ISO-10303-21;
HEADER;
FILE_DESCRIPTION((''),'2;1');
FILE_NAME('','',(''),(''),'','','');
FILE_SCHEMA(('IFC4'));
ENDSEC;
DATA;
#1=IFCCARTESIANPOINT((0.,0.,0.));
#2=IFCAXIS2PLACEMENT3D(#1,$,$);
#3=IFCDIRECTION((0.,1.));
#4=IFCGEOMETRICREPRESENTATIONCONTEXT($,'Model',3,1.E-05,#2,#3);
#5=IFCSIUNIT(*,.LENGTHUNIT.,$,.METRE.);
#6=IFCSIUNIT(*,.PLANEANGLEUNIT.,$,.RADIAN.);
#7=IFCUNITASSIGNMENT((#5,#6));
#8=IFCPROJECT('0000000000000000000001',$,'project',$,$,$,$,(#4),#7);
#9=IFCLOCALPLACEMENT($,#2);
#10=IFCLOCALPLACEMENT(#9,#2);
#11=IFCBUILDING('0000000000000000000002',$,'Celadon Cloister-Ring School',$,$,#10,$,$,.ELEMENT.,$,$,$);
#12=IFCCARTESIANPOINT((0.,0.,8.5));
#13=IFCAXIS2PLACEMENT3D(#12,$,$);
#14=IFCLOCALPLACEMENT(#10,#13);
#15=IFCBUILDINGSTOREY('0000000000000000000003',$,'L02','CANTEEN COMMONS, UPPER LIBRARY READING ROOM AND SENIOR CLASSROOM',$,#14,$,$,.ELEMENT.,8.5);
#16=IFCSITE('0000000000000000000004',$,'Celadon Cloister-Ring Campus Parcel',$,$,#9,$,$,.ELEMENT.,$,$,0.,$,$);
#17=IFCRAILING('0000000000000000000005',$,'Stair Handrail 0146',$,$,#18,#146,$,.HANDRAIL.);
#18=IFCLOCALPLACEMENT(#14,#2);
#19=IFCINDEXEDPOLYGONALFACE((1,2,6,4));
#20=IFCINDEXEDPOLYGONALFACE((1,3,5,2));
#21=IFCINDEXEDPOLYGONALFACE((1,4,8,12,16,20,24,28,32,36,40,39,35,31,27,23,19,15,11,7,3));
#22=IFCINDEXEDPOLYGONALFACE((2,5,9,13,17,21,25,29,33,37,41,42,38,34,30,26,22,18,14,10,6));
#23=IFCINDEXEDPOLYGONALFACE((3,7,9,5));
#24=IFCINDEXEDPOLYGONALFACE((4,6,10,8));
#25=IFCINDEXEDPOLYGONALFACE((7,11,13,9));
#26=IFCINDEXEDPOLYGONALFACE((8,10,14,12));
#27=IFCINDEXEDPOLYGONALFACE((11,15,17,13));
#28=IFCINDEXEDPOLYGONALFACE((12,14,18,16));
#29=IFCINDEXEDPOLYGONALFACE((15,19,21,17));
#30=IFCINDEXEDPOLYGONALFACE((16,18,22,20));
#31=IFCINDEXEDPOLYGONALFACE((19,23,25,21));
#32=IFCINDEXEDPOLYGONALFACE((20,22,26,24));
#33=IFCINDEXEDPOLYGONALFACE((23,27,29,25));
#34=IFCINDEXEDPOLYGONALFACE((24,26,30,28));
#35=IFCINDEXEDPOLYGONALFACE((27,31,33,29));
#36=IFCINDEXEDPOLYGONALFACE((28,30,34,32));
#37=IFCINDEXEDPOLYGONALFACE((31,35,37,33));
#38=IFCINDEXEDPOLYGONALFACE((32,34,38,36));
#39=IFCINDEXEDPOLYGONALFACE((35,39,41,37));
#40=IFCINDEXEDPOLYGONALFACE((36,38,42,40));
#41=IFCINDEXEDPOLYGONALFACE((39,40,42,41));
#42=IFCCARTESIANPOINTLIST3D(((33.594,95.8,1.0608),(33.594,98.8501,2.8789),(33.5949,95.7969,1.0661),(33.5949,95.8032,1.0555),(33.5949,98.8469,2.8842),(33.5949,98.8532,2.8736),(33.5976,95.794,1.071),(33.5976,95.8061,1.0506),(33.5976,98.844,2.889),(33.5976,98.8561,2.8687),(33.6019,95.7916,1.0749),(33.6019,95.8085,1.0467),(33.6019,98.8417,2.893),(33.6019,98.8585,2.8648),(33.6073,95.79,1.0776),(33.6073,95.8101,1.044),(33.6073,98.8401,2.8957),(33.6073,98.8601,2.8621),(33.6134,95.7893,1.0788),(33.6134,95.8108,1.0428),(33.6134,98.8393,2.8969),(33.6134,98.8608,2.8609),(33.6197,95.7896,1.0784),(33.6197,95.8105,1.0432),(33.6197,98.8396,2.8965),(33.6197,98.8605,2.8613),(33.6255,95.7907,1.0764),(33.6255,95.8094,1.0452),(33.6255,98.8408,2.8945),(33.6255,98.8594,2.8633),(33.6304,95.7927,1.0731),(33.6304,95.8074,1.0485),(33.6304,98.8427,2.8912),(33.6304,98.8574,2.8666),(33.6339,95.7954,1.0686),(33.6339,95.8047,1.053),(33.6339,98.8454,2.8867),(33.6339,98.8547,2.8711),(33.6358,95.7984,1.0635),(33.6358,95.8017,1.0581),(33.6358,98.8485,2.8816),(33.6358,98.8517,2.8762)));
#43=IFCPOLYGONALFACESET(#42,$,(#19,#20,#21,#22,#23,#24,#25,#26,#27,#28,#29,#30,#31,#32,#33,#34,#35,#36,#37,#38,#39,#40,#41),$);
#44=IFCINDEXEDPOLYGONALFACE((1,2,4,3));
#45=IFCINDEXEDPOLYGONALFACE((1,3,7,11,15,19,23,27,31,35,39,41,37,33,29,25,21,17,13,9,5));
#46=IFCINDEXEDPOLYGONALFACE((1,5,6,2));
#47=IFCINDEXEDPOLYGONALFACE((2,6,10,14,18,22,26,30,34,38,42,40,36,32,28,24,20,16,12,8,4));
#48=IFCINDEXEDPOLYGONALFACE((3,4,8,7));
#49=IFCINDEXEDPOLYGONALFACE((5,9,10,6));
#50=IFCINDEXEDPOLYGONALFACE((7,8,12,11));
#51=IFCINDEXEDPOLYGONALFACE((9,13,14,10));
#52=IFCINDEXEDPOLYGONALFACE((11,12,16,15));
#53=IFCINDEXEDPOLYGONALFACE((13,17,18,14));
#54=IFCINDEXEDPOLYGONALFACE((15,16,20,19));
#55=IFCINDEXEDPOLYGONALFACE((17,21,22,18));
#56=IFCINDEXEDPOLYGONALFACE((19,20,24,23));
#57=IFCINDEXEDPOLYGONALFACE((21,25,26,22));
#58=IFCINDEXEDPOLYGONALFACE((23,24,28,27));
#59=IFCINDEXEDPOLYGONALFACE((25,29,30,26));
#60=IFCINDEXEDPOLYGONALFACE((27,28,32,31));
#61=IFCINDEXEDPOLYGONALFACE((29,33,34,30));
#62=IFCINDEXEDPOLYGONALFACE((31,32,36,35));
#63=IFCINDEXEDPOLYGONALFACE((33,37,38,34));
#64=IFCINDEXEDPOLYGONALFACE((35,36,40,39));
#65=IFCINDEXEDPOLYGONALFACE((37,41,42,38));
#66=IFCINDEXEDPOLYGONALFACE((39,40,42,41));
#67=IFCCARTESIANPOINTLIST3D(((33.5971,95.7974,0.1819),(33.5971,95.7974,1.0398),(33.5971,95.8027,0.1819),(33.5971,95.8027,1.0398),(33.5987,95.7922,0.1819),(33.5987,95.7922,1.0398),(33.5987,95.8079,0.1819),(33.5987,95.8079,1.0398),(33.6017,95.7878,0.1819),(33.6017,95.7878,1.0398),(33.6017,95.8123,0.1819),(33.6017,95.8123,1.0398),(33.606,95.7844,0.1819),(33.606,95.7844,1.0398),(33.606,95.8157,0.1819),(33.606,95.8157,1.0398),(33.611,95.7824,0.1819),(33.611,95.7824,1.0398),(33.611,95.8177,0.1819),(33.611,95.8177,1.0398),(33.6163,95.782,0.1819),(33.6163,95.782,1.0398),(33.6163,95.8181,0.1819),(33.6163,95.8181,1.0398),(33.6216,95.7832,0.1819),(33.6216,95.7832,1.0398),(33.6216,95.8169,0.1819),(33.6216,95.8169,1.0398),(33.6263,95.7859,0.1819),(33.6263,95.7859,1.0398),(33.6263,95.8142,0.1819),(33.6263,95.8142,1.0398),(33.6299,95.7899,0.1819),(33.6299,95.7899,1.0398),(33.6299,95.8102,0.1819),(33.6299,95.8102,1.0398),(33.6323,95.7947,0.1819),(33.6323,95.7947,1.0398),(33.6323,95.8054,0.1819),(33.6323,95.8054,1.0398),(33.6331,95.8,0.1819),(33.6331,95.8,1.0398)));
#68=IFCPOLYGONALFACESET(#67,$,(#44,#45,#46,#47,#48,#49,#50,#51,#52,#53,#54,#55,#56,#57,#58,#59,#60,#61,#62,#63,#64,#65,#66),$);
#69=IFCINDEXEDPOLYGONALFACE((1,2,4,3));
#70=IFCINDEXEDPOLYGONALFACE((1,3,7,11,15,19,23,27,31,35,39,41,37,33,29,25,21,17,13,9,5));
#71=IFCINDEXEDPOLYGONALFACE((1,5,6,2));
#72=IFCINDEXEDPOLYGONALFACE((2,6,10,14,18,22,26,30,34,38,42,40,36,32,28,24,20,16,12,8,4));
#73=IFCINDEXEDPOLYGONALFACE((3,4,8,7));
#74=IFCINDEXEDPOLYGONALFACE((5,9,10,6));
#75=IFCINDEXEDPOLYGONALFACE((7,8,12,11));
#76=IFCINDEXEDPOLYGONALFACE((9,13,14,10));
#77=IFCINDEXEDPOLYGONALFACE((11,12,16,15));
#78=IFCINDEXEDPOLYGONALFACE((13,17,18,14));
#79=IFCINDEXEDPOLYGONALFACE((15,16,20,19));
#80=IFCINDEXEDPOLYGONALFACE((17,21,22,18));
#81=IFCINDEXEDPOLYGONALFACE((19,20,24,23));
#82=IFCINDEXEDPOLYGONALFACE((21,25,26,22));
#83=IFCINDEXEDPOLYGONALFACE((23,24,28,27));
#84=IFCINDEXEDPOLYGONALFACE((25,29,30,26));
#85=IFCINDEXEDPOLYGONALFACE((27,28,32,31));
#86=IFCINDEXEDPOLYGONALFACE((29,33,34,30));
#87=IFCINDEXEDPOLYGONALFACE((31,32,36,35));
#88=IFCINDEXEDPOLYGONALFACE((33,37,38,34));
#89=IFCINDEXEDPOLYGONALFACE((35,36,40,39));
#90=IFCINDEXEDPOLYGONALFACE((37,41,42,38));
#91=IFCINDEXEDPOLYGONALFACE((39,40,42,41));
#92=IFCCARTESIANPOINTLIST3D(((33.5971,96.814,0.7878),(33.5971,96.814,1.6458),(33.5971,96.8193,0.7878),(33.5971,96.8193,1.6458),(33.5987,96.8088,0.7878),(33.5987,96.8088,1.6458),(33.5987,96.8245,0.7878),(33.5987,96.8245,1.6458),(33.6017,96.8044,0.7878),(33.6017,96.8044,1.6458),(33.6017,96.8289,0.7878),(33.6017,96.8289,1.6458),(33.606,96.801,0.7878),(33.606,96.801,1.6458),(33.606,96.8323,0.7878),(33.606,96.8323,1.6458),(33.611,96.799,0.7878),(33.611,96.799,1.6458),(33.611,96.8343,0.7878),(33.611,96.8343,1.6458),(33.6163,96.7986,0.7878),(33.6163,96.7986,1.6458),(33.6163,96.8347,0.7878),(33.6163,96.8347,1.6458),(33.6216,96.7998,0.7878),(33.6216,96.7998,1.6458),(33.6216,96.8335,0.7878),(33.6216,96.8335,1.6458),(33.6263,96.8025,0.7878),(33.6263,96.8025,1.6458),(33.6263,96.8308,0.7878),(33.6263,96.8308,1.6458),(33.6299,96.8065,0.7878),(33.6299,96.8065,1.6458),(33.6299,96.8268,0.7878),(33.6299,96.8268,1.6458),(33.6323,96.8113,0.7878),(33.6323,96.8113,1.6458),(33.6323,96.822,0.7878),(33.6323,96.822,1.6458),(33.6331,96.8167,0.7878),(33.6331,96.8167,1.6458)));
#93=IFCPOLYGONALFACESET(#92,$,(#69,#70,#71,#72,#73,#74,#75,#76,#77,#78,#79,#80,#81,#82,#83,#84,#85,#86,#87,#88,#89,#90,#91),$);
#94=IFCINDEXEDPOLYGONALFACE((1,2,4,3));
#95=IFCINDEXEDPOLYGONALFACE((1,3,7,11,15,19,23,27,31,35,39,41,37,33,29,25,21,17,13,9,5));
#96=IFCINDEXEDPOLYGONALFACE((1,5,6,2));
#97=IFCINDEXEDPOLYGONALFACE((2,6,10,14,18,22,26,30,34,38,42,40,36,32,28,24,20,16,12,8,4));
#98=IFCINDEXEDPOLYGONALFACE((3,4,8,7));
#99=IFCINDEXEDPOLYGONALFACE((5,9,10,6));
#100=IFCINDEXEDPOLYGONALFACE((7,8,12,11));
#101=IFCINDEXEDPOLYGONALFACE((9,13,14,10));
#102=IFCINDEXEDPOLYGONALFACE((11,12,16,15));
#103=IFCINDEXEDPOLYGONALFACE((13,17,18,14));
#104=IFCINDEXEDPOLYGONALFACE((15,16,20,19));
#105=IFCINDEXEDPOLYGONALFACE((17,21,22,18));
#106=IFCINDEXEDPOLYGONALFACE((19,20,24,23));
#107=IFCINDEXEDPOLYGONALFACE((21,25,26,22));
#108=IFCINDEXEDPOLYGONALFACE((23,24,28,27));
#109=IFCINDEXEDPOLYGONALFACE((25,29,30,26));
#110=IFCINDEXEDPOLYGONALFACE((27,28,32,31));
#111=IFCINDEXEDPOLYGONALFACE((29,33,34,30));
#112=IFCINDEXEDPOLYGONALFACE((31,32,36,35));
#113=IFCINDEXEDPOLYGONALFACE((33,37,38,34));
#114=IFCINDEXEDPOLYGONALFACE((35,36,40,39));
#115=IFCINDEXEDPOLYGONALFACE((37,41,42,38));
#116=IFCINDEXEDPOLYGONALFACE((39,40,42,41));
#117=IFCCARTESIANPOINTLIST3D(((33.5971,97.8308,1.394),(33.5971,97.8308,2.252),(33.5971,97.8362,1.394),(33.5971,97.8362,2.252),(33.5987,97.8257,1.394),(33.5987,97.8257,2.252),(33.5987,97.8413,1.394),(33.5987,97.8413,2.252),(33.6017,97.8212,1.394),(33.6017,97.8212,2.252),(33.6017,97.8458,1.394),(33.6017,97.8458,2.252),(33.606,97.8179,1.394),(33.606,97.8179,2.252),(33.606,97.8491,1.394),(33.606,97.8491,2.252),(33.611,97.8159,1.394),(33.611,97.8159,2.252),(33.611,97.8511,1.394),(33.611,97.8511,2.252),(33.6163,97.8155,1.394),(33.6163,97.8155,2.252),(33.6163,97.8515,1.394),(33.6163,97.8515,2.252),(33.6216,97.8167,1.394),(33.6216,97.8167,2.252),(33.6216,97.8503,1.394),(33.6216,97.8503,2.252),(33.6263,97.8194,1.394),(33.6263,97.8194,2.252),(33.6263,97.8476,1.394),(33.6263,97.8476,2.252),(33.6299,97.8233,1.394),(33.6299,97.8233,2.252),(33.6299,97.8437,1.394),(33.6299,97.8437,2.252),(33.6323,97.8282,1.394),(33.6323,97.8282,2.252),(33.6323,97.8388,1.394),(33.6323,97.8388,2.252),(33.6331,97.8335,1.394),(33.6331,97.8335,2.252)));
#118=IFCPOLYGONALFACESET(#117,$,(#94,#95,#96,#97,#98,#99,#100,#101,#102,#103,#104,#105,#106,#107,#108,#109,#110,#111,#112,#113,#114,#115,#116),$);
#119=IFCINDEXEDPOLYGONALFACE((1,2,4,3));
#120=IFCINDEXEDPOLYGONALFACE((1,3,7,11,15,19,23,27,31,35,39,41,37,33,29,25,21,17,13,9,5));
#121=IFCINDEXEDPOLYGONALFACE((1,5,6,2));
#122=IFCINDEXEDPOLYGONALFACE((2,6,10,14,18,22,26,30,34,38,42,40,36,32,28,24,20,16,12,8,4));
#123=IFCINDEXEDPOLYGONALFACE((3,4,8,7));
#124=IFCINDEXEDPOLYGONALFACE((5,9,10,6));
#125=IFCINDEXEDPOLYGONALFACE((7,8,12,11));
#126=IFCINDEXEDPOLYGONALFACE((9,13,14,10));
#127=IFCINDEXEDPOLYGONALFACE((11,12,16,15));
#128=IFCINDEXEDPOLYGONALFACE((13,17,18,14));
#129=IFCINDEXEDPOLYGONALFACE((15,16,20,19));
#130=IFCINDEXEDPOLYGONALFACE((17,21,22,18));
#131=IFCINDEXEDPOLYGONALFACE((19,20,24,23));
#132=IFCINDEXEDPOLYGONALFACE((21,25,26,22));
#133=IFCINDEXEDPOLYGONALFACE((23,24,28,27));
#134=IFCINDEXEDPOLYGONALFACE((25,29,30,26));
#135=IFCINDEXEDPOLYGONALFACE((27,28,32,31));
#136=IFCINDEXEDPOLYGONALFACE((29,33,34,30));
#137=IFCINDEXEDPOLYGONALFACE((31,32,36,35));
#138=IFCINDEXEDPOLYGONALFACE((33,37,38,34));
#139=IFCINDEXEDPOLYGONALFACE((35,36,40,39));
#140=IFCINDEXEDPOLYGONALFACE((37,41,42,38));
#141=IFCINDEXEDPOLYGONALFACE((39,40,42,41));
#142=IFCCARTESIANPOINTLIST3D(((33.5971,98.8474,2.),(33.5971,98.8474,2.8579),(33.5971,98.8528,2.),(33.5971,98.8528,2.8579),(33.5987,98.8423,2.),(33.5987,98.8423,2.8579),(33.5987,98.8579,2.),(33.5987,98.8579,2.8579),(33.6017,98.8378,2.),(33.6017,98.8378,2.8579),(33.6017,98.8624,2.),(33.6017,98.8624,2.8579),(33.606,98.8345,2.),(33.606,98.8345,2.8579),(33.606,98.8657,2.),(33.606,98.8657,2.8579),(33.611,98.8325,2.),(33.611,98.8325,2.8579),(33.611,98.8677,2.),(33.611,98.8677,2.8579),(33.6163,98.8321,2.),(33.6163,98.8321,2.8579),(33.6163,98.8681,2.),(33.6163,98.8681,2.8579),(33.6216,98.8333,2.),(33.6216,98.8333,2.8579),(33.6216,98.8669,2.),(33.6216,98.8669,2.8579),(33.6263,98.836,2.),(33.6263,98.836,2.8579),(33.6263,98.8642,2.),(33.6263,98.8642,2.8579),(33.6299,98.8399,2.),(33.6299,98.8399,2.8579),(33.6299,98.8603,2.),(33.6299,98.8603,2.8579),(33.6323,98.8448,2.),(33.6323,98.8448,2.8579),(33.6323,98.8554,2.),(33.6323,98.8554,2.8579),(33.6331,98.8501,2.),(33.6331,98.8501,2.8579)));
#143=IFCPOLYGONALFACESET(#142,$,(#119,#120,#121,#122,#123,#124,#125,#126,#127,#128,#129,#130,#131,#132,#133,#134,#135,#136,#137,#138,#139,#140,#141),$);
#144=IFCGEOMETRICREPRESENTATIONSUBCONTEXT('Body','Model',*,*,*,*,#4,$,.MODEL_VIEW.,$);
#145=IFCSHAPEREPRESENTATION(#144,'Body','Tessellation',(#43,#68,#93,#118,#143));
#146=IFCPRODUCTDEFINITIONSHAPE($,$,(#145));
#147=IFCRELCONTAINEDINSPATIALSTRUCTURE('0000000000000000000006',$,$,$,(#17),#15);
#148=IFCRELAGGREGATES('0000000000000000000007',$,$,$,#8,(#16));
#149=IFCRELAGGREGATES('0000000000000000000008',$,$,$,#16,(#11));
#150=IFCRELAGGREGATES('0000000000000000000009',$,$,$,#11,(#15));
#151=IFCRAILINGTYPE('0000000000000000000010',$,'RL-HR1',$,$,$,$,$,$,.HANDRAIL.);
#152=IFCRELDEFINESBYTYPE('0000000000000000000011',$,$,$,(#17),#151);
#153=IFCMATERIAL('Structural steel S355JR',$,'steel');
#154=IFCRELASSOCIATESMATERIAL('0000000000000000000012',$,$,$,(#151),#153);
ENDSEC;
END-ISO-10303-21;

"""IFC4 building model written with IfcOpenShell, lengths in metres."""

from ifc_helpers import new_model, si_unit, direction, frame, origin, origin_2d, place, context, subcontext, project, spatial, circle, extrude, material, type_object, element, save


model = new_model("IFC4")

# Units and contexts
model_context = context("Model", 3, precision=1e-05, world=origin(), true_north=direction((0.0, 1.0)))
body_context = subcontext(model_context, "Body", "Model", "MODEL_VIEW")
ifc_project = project(units=[si_unit("LENGTHUNIT", "METRE"), si_unit("PLANEANGLEUNIT", "RADIAN")], contexts=[model_context])

# Site, building, storey
site_placement = place(None, origin())
site = spatial("IfcSite", under=ifc_project, at=site_placement, Name="Celadon Cloister-Ring Campus Parcel", CompositionType="ELEMENT", RefElevation=0.0)
building_placement = place(site_placement, origin())
building = spatial("IfcBuilding", under=site, at=building_placement, Name="Celadon Cloister-Ring School", CompositionType="ELEMENT")
storey_placement = place(building_placement, frame((0.0, 0.0, 8.5)))
storey = spatial("IfcBuildingStorey", under=building, at=storey_placement, Name="L02", Description="CANTEEN COMMONS, UPPER LIBRARY READING ROOM AND SENIOR CLASSROOM", CompositionType="ELEMENT", Elevation=8.5)

# Railing
ifc_material_1 = material(Name="Structural steel S355JR", Category="steel")
railing_type_1 = type_object("IfcRailingType", Name="RL-HR1", PredefinedType="HANDRAIL", material=ifc_material_1)
for number, where, name in (
    (1, (33.615, 95.8, 0.1819), "Stair Handrail 0146"),
):
    element("IfcRailing", number, at=place(storey_placement, frame(where)), inside=storey, type_object=railing_type_1, Name=name, PredefinedType="HANDRAIL", context=body_context, shape_type="SweptSolid", body=[
        extrude(circle(Radius=0.021, at=origin_2d()), frame((0.0, 0.0, 0.8789), z_axis=(0.0, 0.85897, 0.512026), x_axis=(-1.0, 0.0, 0.0)), (0.0, 0.0, 1.0), 3.5508),
        extrude(circle(Radius=0.0181, at=origin_2d()), origin(), (0.0, 0.0, 1.0), 0.8579),
        extrude(circle(Radius=0.0181, at=origin_2d()), frame((0.0, 1.0166, 0.606)), (0.0, 0.0, 1.0), 0.8579),
        extrude(circle(Radius=0.0181, at=origin_2d()), frame((0.0, 2.0334, 1.2122)), (0.0, 0.0, 1.0), 0.8579),
        extrude(circle(Radius=0.0181, at=origin_2d()), frame((0.0, 3.05, 1.8181)), (0.0, 0.0, 1.0), 0.8579),
    ])

save(model, "model.ifc")
